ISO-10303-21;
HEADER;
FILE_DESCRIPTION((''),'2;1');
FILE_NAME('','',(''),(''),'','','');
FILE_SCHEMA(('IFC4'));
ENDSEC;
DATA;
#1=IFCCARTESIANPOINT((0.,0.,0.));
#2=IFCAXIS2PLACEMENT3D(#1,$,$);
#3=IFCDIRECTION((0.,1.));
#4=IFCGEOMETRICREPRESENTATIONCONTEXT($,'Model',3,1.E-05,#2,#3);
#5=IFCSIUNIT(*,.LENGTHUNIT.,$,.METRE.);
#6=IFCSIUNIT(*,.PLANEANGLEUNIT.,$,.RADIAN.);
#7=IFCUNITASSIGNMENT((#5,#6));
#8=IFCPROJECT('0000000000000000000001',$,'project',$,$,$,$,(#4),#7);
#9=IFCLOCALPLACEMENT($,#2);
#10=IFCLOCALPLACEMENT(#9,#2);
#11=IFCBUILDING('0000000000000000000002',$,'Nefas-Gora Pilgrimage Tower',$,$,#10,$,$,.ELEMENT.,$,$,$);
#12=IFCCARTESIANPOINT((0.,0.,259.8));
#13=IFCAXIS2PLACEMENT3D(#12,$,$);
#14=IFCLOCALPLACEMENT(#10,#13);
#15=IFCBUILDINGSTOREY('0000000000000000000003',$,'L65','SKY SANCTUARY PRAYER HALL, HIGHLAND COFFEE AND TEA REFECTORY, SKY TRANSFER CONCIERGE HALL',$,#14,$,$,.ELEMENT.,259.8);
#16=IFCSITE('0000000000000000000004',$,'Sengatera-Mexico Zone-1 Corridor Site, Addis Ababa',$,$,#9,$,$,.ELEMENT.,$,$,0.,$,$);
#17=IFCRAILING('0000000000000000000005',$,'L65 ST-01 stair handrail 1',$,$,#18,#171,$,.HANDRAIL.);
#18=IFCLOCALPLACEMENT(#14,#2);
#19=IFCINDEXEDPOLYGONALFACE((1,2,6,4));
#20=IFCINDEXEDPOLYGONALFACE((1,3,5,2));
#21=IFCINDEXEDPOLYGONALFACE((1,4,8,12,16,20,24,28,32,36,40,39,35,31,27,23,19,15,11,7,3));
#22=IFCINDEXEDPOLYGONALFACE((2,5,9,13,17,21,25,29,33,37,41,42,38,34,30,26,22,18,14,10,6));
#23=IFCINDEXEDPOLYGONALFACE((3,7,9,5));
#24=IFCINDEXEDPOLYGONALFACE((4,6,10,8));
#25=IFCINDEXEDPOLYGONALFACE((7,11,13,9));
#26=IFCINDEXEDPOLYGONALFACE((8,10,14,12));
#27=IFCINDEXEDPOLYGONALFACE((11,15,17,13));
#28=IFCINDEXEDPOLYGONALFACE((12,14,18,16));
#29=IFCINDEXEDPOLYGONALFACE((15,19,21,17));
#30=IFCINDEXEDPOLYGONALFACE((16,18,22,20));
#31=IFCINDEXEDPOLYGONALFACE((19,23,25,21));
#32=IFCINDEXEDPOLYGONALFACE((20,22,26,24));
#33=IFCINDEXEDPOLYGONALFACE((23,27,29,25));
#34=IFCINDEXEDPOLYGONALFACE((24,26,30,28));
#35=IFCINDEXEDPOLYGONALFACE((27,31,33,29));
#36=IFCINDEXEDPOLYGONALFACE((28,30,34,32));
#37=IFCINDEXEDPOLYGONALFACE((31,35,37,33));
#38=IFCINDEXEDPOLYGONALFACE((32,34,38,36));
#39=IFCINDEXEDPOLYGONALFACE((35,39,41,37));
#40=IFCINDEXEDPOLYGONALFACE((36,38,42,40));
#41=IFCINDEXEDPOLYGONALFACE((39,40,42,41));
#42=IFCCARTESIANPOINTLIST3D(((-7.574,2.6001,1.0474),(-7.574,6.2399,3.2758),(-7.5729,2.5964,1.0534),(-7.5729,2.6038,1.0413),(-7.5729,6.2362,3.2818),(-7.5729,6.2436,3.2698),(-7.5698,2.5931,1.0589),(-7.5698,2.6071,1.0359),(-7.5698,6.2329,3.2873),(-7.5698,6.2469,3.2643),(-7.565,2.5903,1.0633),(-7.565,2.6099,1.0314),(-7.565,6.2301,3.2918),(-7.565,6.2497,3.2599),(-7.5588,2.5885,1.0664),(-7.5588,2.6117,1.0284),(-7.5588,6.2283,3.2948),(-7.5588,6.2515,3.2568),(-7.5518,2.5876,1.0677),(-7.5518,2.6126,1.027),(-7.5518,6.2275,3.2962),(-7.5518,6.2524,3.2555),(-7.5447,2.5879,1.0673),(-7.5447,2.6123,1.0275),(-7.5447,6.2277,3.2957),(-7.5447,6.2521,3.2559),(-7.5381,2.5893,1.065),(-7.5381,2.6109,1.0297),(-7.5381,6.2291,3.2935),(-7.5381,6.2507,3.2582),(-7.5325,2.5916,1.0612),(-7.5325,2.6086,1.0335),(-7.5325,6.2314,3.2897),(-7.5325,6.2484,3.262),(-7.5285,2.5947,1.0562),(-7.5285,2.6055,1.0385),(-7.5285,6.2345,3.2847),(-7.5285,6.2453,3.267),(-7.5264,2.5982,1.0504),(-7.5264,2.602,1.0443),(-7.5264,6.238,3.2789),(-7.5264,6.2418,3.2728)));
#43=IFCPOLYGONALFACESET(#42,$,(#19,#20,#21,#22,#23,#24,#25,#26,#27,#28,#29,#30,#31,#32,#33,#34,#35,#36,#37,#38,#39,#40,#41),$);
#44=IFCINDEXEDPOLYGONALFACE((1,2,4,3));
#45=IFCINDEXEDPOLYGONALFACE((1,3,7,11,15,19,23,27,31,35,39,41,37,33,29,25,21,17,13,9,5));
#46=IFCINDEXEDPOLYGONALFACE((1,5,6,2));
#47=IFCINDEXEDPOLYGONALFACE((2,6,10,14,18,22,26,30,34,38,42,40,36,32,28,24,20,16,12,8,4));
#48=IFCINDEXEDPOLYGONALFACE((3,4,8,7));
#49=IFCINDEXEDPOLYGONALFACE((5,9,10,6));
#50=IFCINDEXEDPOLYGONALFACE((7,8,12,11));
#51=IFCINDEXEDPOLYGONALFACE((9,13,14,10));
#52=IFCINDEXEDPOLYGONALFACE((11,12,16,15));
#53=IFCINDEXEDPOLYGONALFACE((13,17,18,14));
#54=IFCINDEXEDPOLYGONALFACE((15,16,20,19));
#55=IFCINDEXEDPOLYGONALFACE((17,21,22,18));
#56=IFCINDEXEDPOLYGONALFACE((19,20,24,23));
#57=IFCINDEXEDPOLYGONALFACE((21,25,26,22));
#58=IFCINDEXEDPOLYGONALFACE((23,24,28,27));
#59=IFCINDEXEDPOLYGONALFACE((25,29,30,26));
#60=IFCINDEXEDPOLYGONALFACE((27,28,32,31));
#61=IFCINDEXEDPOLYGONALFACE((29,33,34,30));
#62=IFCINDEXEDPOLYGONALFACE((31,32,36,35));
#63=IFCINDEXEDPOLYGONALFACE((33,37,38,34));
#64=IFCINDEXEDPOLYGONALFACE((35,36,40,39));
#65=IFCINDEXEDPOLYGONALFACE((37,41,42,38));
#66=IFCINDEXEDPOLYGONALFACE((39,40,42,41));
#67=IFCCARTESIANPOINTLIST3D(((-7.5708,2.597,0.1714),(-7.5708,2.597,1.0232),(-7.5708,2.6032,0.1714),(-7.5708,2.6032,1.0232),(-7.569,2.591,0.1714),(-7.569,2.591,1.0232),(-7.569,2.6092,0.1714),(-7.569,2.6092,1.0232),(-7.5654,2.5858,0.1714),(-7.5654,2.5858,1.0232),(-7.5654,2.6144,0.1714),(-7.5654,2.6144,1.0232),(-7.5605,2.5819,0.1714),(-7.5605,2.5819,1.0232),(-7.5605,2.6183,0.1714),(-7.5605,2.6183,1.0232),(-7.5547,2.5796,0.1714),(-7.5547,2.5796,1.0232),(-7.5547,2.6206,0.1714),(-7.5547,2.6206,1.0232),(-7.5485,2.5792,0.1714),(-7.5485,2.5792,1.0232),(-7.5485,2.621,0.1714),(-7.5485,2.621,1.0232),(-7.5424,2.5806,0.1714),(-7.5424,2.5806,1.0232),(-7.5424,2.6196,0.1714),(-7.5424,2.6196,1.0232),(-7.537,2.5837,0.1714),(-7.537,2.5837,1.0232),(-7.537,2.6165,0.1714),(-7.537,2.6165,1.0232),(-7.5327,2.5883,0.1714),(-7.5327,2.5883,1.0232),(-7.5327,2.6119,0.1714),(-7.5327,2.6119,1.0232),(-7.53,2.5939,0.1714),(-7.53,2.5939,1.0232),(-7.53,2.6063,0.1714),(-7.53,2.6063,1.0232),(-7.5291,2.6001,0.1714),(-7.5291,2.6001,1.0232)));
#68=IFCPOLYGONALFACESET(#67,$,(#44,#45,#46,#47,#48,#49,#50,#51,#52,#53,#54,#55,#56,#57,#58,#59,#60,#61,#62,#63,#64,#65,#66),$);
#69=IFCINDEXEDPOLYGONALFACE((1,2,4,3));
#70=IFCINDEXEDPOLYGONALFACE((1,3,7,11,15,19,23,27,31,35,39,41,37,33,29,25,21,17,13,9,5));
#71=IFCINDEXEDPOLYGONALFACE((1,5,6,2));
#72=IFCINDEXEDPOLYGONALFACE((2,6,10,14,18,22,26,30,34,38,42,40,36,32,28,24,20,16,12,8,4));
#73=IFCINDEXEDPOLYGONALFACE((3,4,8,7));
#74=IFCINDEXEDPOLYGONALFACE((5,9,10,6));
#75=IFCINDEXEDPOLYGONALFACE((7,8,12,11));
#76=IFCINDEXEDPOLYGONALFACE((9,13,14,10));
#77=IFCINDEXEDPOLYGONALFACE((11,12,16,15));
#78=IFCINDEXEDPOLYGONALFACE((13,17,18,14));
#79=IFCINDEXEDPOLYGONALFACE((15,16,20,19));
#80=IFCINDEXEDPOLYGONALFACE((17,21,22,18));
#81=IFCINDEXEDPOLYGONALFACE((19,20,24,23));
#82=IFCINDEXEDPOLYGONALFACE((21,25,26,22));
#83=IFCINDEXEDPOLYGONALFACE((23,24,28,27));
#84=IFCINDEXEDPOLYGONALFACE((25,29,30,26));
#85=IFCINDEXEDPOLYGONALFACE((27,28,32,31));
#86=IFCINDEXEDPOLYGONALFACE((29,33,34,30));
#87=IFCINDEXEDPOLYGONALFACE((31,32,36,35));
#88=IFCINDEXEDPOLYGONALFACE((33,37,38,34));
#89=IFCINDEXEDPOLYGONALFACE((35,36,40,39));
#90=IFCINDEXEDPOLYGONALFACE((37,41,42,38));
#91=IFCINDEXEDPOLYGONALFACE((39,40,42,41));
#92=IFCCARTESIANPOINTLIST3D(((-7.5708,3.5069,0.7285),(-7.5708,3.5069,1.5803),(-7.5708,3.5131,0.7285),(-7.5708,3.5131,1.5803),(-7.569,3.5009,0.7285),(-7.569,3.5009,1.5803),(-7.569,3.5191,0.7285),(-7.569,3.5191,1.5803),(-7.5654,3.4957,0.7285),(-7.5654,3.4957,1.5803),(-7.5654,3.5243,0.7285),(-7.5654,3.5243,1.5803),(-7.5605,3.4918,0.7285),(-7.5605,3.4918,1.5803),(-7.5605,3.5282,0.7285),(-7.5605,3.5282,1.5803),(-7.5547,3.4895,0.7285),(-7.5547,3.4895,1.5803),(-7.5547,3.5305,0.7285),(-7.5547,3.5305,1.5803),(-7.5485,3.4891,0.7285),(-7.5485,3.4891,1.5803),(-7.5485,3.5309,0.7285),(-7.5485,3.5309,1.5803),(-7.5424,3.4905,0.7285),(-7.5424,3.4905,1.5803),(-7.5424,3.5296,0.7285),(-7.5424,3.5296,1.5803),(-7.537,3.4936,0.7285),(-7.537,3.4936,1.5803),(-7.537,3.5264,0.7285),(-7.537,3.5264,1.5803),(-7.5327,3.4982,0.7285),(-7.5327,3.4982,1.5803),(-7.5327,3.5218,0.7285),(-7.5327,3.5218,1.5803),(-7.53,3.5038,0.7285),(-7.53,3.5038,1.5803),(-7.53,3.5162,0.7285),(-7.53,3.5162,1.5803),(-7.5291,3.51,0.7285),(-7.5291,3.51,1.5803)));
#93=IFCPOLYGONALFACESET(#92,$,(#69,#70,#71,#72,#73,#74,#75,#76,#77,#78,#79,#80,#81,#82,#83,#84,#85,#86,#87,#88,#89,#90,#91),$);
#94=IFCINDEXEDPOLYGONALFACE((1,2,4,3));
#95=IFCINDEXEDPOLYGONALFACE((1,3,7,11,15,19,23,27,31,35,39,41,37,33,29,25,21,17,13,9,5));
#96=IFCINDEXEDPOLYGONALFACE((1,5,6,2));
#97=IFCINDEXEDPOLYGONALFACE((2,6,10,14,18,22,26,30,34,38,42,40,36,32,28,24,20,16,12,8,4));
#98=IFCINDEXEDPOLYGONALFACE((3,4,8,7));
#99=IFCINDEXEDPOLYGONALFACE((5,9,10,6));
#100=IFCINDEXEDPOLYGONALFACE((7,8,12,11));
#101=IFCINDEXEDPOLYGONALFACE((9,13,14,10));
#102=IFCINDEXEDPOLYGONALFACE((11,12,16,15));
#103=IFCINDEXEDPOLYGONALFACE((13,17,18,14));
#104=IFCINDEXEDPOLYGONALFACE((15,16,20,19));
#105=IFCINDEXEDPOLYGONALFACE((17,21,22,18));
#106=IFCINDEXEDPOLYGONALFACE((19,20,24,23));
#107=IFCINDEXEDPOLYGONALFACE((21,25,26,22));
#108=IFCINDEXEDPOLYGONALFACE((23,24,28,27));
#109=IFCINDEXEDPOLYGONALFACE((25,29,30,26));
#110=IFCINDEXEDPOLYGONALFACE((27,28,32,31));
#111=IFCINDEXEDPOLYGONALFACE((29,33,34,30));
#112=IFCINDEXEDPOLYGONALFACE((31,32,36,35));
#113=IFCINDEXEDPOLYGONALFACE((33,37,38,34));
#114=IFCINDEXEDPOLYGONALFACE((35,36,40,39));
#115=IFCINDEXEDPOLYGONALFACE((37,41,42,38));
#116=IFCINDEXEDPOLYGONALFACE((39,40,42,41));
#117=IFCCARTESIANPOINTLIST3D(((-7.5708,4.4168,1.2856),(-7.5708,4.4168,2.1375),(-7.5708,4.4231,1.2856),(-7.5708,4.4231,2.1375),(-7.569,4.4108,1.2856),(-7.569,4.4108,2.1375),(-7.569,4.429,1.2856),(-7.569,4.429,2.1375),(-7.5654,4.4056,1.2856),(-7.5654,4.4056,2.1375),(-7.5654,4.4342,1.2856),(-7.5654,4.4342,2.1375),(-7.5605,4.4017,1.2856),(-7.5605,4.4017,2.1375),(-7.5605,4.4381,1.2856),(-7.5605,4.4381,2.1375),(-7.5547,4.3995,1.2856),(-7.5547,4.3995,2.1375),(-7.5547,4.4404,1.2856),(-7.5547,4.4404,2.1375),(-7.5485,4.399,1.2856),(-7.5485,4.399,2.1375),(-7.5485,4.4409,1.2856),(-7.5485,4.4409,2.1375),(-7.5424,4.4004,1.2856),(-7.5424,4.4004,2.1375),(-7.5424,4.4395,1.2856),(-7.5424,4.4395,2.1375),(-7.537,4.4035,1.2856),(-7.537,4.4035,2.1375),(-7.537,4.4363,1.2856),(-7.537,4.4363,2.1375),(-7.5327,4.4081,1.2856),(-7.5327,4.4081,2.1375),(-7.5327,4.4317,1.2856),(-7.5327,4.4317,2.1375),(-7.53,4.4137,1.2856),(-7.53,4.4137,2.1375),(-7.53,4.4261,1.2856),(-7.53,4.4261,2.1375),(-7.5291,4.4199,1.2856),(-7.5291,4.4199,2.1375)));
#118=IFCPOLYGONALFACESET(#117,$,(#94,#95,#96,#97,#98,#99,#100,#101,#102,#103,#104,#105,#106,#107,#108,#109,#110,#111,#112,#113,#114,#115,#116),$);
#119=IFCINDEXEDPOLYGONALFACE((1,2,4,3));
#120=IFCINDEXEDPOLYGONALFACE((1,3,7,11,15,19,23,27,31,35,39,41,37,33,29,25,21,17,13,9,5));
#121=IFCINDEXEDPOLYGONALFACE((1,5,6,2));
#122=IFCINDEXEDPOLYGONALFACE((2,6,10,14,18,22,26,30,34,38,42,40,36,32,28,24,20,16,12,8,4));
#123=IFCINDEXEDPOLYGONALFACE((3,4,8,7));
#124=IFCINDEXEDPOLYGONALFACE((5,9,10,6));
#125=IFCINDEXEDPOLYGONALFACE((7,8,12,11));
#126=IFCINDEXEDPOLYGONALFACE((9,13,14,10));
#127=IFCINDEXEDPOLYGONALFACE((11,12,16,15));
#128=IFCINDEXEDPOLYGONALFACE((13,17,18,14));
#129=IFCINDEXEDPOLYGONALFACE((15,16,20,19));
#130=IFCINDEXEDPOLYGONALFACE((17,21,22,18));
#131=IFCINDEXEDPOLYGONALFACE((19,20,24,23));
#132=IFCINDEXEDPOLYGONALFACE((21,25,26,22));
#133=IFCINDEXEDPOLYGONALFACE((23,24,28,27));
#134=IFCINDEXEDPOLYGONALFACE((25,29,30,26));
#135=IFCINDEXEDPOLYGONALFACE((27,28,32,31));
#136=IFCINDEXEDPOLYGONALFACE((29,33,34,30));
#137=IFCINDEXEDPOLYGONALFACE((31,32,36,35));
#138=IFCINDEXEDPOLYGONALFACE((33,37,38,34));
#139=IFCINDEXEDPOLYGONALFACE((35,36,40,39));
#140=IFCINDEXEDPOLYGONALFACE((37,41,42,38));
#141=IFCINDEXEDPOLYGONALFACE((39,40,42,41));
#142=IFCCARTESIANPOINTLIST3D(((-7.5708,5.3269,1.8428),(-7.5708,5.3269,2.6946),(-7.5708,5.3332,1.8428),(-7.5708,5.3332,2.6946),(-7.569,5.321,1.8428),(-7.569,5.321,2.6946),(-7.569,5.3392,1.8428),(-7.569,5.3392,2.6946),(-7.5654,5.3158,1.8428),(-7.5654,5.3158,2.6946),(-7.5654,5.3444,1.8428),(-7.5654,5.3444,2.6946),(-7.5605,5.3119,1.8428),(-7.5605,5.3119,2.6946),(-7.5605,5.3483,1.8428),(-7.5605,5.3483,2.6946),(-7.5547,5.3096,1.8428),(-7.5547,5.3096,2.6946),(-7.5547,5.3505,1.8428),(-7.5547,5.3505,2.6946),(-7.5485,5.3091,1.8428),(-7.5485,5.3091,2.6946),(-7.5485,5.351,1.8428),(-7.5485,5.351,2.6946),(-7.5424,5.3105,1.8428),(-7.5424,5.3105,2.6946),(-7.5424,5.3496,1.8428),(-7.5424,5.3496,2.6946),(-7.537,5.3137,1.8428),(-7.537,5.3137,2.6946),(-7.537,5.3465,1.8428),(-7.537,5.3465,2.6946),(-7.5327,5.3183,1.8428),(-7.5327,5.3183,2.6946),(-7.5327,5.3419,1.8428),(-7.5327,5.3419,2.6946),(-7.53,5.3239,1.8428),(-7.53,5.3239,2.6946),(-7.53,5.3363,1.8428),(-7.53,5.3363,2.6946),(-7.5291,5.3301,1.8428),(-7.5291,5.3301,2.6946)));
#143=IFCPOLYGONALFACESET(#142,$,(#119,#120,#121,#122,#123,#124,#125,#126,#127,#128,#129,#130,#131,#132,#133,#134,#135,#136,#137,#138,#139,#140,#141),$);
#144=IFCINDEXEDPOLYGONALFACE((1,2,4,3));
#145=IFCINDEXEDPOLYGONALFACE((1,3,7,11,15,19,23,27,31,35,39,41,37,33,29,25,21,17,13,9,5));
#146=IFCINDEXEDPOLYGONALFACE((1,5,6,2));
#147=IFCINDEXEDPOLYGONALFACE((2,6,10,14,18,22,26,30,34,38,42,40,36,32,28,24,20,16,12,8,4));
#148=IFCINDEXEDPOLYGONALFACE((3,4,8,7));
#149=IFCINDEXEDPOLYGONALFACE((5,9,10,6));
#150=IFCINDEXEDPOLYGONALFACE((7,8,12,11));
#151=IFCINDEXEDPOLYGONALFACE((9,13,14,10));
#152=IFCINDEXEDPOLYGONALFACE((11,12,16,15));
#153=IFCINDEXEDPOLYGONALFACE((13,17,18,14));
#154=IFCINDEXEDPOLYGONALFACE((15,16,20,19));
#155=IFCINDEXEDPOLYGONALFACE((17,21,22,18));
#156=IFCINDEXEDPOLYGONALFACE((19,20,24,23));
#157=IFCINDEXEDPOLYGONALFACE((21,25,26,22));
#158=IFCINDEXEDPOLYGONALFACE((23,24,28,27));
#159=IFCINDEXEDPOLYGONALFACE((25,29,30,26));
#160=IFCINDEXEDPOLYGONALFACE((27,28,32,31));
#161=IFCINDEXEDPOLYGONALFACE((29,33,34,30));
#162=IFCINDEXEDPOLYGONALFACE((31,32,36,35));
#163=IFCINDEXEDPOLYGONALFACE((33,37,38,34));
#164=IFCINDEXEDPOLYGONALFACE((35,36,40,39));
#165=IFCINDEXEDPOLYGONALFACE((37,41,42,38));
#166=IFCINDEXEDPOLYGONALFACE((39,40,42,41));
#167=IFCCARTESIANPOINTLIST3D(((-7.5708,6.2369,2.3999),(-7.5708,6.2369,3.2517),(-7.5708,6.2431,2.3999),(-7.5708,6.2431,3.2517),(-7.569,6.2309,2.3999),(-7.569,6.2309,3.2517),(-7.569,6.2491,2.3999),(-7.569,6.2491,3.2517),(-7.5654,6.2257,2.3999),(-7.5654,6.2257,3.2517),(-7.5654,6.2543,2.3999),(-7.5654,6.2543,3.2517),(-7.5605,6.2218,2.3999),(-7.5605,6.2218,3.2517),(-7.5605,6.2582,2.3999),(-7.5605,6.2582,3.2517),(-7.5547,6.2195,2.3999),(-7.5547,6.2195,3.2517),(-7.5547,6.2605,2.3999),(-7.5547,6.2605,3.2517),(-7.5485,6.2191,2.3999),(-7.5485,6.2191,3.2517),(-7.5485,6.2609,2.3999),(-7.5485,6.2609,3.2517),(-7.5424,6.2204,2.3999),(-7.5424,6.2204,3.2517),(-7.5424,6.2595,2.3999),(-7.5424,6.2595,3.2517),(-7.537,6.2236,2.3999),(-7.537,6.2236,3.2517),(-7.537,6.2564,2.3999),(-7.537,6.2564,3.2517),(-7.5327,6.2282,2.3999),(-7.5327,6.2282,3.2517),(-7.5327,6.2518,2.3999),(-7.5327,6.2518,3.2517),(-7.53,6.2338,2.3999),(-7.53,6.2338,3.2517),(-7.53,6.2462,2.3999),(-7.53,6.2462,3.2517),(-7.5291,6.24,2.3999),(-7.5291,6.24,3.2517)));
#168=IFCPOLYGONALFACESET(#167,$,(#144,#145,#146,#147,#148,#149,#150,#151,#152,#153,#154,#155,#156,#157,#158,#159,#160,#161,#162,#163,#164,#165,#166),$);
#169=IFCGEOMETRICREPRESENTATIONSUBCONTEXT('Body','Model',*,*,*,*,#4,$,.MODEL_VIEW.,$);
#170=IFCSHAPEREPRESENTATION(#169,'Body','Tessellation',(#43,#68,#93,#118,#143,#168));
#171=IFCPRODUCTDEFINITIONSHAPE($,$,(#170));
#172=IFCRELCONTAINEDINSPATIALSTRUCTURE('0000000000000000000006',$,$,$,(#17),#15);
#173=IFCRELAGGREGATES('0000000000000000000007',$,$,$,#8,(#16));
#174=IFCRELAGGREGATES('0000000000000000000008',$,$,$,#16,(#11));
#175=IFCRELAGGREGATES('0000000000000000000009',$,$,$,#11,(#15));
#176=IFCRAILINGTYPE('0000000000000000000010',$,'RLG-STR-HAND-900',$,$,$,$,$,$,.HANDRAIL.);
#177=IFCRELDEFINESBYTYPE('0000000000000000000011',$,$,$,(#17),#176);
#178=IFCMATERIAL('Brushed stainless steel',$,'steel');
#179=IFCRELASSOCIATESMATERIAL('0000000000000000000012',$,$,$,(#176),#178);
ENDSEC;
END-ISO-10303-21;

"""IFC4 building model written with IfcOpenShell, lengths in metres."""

from ifc_helpers import new_model, si_unit, direction, frame, origin, origin_2d, place, context, subcontext, project, spatial, circle, extrude, material, type_object, element, save


model = new_model("IFC4")

# Units and contexts
model_context = context("Model", 3, precision=1e-05, world=origin(), true_north=direction((0.0, 1.0)))
body_context = subcontext(model_context, "Body", "Model", "MODEL_VIEW")
ifc_project = project(units=[si_unit("LENGTHUNIT", "METRE"), si_unit("PLANEANGLEUNIT", "RADIAN")], contexts=[model_context])

# Site, building, storey
site_placement = place(None, origin())
site = spatial("IfcSite", under=ifc_project, at=site_placement, Name="Sengatera-Mexico Zone-1 Corridor Site, Addis Ababa", CompositionType="ELEMENT", RefElevation=0.0)
building_placement = place(site_placement, origin())
building = spatial("IfcBuilding", under=site, at=building_placement, Name="Nefas-Gora Pilgrimage Tower", CompositionType="ELEMENT")
storey_placement = place(building_placement, frame((0.0, 0.0, 259.8)))
storey = spatial("IfcBuildingStorey", under=building, at=storey_placement, Name="L65", Description="SKY SANCTUARY PRAYER HALL, HIGHLAND COFFEE AND TEA REFECTORY, SKY TRANSFER CONCIERGE HALL", CompositionType="ELEMENT", Elevation=259.8)

# Railing
ifc_material_1 = material(Name="Brushed stainless steel", Category="steel")
railing_type_1 = type_object("IfcRailingType", Name="RLG-STR-HAND-900", PredefinedType="HANDRAIL", material=ifc_material_1)
railing_1_placement = place(storey_placement, frame((-7.55, 2.6001, 0.1714)))
element("IfcRailing", 1, at=railing_1_placement, inside=storey, type_object=railing_type_1, Name="L65 ST-01 stair handrail 1", PredefinedType="HANDRAIL", context=body_context, shape_type="SweptSolid", body=[
    extrude(circle(Radius=0.0239, at=origin_2d()), frame((0.0, 0.0, 0.876), z_axis=(0.0, 0.85285, 0.522156), x_axis=(-1.0, 0.0, 0.0)), (0.0, 0.0, 1.0), 4.2678),
    extrude(circle(Radius=0.021, at=origin_2d()), origin(), (0.0, 0.0, 1.0), 0.8518),
    extrude(circle(Radius=0.021, at=origin_2d()), frame((0.0, 0.9099, 0.5571)), (0.0, 0.0, 1.0), 0.8518),
    extrude(circle(Radius=0.021, at=origin_2d()), frame((0.0, 1.8198, 1.1143)), (0.0, 0.0, 1.0), 0.8518),
    extrude(circle(Radius=0.021, at=origin_2d()), frame((0.0, 2.73, 1.6714)), (0.0, 0.0, 1.0), 0.8518),
    extrude(circle(Radius=0.021, at=origin_2d()), frame((0.0, 3.6399, 2.2285)), (0.0, 0.0, 1.0), 0.8518),
])

save(model, "model.ifc")
